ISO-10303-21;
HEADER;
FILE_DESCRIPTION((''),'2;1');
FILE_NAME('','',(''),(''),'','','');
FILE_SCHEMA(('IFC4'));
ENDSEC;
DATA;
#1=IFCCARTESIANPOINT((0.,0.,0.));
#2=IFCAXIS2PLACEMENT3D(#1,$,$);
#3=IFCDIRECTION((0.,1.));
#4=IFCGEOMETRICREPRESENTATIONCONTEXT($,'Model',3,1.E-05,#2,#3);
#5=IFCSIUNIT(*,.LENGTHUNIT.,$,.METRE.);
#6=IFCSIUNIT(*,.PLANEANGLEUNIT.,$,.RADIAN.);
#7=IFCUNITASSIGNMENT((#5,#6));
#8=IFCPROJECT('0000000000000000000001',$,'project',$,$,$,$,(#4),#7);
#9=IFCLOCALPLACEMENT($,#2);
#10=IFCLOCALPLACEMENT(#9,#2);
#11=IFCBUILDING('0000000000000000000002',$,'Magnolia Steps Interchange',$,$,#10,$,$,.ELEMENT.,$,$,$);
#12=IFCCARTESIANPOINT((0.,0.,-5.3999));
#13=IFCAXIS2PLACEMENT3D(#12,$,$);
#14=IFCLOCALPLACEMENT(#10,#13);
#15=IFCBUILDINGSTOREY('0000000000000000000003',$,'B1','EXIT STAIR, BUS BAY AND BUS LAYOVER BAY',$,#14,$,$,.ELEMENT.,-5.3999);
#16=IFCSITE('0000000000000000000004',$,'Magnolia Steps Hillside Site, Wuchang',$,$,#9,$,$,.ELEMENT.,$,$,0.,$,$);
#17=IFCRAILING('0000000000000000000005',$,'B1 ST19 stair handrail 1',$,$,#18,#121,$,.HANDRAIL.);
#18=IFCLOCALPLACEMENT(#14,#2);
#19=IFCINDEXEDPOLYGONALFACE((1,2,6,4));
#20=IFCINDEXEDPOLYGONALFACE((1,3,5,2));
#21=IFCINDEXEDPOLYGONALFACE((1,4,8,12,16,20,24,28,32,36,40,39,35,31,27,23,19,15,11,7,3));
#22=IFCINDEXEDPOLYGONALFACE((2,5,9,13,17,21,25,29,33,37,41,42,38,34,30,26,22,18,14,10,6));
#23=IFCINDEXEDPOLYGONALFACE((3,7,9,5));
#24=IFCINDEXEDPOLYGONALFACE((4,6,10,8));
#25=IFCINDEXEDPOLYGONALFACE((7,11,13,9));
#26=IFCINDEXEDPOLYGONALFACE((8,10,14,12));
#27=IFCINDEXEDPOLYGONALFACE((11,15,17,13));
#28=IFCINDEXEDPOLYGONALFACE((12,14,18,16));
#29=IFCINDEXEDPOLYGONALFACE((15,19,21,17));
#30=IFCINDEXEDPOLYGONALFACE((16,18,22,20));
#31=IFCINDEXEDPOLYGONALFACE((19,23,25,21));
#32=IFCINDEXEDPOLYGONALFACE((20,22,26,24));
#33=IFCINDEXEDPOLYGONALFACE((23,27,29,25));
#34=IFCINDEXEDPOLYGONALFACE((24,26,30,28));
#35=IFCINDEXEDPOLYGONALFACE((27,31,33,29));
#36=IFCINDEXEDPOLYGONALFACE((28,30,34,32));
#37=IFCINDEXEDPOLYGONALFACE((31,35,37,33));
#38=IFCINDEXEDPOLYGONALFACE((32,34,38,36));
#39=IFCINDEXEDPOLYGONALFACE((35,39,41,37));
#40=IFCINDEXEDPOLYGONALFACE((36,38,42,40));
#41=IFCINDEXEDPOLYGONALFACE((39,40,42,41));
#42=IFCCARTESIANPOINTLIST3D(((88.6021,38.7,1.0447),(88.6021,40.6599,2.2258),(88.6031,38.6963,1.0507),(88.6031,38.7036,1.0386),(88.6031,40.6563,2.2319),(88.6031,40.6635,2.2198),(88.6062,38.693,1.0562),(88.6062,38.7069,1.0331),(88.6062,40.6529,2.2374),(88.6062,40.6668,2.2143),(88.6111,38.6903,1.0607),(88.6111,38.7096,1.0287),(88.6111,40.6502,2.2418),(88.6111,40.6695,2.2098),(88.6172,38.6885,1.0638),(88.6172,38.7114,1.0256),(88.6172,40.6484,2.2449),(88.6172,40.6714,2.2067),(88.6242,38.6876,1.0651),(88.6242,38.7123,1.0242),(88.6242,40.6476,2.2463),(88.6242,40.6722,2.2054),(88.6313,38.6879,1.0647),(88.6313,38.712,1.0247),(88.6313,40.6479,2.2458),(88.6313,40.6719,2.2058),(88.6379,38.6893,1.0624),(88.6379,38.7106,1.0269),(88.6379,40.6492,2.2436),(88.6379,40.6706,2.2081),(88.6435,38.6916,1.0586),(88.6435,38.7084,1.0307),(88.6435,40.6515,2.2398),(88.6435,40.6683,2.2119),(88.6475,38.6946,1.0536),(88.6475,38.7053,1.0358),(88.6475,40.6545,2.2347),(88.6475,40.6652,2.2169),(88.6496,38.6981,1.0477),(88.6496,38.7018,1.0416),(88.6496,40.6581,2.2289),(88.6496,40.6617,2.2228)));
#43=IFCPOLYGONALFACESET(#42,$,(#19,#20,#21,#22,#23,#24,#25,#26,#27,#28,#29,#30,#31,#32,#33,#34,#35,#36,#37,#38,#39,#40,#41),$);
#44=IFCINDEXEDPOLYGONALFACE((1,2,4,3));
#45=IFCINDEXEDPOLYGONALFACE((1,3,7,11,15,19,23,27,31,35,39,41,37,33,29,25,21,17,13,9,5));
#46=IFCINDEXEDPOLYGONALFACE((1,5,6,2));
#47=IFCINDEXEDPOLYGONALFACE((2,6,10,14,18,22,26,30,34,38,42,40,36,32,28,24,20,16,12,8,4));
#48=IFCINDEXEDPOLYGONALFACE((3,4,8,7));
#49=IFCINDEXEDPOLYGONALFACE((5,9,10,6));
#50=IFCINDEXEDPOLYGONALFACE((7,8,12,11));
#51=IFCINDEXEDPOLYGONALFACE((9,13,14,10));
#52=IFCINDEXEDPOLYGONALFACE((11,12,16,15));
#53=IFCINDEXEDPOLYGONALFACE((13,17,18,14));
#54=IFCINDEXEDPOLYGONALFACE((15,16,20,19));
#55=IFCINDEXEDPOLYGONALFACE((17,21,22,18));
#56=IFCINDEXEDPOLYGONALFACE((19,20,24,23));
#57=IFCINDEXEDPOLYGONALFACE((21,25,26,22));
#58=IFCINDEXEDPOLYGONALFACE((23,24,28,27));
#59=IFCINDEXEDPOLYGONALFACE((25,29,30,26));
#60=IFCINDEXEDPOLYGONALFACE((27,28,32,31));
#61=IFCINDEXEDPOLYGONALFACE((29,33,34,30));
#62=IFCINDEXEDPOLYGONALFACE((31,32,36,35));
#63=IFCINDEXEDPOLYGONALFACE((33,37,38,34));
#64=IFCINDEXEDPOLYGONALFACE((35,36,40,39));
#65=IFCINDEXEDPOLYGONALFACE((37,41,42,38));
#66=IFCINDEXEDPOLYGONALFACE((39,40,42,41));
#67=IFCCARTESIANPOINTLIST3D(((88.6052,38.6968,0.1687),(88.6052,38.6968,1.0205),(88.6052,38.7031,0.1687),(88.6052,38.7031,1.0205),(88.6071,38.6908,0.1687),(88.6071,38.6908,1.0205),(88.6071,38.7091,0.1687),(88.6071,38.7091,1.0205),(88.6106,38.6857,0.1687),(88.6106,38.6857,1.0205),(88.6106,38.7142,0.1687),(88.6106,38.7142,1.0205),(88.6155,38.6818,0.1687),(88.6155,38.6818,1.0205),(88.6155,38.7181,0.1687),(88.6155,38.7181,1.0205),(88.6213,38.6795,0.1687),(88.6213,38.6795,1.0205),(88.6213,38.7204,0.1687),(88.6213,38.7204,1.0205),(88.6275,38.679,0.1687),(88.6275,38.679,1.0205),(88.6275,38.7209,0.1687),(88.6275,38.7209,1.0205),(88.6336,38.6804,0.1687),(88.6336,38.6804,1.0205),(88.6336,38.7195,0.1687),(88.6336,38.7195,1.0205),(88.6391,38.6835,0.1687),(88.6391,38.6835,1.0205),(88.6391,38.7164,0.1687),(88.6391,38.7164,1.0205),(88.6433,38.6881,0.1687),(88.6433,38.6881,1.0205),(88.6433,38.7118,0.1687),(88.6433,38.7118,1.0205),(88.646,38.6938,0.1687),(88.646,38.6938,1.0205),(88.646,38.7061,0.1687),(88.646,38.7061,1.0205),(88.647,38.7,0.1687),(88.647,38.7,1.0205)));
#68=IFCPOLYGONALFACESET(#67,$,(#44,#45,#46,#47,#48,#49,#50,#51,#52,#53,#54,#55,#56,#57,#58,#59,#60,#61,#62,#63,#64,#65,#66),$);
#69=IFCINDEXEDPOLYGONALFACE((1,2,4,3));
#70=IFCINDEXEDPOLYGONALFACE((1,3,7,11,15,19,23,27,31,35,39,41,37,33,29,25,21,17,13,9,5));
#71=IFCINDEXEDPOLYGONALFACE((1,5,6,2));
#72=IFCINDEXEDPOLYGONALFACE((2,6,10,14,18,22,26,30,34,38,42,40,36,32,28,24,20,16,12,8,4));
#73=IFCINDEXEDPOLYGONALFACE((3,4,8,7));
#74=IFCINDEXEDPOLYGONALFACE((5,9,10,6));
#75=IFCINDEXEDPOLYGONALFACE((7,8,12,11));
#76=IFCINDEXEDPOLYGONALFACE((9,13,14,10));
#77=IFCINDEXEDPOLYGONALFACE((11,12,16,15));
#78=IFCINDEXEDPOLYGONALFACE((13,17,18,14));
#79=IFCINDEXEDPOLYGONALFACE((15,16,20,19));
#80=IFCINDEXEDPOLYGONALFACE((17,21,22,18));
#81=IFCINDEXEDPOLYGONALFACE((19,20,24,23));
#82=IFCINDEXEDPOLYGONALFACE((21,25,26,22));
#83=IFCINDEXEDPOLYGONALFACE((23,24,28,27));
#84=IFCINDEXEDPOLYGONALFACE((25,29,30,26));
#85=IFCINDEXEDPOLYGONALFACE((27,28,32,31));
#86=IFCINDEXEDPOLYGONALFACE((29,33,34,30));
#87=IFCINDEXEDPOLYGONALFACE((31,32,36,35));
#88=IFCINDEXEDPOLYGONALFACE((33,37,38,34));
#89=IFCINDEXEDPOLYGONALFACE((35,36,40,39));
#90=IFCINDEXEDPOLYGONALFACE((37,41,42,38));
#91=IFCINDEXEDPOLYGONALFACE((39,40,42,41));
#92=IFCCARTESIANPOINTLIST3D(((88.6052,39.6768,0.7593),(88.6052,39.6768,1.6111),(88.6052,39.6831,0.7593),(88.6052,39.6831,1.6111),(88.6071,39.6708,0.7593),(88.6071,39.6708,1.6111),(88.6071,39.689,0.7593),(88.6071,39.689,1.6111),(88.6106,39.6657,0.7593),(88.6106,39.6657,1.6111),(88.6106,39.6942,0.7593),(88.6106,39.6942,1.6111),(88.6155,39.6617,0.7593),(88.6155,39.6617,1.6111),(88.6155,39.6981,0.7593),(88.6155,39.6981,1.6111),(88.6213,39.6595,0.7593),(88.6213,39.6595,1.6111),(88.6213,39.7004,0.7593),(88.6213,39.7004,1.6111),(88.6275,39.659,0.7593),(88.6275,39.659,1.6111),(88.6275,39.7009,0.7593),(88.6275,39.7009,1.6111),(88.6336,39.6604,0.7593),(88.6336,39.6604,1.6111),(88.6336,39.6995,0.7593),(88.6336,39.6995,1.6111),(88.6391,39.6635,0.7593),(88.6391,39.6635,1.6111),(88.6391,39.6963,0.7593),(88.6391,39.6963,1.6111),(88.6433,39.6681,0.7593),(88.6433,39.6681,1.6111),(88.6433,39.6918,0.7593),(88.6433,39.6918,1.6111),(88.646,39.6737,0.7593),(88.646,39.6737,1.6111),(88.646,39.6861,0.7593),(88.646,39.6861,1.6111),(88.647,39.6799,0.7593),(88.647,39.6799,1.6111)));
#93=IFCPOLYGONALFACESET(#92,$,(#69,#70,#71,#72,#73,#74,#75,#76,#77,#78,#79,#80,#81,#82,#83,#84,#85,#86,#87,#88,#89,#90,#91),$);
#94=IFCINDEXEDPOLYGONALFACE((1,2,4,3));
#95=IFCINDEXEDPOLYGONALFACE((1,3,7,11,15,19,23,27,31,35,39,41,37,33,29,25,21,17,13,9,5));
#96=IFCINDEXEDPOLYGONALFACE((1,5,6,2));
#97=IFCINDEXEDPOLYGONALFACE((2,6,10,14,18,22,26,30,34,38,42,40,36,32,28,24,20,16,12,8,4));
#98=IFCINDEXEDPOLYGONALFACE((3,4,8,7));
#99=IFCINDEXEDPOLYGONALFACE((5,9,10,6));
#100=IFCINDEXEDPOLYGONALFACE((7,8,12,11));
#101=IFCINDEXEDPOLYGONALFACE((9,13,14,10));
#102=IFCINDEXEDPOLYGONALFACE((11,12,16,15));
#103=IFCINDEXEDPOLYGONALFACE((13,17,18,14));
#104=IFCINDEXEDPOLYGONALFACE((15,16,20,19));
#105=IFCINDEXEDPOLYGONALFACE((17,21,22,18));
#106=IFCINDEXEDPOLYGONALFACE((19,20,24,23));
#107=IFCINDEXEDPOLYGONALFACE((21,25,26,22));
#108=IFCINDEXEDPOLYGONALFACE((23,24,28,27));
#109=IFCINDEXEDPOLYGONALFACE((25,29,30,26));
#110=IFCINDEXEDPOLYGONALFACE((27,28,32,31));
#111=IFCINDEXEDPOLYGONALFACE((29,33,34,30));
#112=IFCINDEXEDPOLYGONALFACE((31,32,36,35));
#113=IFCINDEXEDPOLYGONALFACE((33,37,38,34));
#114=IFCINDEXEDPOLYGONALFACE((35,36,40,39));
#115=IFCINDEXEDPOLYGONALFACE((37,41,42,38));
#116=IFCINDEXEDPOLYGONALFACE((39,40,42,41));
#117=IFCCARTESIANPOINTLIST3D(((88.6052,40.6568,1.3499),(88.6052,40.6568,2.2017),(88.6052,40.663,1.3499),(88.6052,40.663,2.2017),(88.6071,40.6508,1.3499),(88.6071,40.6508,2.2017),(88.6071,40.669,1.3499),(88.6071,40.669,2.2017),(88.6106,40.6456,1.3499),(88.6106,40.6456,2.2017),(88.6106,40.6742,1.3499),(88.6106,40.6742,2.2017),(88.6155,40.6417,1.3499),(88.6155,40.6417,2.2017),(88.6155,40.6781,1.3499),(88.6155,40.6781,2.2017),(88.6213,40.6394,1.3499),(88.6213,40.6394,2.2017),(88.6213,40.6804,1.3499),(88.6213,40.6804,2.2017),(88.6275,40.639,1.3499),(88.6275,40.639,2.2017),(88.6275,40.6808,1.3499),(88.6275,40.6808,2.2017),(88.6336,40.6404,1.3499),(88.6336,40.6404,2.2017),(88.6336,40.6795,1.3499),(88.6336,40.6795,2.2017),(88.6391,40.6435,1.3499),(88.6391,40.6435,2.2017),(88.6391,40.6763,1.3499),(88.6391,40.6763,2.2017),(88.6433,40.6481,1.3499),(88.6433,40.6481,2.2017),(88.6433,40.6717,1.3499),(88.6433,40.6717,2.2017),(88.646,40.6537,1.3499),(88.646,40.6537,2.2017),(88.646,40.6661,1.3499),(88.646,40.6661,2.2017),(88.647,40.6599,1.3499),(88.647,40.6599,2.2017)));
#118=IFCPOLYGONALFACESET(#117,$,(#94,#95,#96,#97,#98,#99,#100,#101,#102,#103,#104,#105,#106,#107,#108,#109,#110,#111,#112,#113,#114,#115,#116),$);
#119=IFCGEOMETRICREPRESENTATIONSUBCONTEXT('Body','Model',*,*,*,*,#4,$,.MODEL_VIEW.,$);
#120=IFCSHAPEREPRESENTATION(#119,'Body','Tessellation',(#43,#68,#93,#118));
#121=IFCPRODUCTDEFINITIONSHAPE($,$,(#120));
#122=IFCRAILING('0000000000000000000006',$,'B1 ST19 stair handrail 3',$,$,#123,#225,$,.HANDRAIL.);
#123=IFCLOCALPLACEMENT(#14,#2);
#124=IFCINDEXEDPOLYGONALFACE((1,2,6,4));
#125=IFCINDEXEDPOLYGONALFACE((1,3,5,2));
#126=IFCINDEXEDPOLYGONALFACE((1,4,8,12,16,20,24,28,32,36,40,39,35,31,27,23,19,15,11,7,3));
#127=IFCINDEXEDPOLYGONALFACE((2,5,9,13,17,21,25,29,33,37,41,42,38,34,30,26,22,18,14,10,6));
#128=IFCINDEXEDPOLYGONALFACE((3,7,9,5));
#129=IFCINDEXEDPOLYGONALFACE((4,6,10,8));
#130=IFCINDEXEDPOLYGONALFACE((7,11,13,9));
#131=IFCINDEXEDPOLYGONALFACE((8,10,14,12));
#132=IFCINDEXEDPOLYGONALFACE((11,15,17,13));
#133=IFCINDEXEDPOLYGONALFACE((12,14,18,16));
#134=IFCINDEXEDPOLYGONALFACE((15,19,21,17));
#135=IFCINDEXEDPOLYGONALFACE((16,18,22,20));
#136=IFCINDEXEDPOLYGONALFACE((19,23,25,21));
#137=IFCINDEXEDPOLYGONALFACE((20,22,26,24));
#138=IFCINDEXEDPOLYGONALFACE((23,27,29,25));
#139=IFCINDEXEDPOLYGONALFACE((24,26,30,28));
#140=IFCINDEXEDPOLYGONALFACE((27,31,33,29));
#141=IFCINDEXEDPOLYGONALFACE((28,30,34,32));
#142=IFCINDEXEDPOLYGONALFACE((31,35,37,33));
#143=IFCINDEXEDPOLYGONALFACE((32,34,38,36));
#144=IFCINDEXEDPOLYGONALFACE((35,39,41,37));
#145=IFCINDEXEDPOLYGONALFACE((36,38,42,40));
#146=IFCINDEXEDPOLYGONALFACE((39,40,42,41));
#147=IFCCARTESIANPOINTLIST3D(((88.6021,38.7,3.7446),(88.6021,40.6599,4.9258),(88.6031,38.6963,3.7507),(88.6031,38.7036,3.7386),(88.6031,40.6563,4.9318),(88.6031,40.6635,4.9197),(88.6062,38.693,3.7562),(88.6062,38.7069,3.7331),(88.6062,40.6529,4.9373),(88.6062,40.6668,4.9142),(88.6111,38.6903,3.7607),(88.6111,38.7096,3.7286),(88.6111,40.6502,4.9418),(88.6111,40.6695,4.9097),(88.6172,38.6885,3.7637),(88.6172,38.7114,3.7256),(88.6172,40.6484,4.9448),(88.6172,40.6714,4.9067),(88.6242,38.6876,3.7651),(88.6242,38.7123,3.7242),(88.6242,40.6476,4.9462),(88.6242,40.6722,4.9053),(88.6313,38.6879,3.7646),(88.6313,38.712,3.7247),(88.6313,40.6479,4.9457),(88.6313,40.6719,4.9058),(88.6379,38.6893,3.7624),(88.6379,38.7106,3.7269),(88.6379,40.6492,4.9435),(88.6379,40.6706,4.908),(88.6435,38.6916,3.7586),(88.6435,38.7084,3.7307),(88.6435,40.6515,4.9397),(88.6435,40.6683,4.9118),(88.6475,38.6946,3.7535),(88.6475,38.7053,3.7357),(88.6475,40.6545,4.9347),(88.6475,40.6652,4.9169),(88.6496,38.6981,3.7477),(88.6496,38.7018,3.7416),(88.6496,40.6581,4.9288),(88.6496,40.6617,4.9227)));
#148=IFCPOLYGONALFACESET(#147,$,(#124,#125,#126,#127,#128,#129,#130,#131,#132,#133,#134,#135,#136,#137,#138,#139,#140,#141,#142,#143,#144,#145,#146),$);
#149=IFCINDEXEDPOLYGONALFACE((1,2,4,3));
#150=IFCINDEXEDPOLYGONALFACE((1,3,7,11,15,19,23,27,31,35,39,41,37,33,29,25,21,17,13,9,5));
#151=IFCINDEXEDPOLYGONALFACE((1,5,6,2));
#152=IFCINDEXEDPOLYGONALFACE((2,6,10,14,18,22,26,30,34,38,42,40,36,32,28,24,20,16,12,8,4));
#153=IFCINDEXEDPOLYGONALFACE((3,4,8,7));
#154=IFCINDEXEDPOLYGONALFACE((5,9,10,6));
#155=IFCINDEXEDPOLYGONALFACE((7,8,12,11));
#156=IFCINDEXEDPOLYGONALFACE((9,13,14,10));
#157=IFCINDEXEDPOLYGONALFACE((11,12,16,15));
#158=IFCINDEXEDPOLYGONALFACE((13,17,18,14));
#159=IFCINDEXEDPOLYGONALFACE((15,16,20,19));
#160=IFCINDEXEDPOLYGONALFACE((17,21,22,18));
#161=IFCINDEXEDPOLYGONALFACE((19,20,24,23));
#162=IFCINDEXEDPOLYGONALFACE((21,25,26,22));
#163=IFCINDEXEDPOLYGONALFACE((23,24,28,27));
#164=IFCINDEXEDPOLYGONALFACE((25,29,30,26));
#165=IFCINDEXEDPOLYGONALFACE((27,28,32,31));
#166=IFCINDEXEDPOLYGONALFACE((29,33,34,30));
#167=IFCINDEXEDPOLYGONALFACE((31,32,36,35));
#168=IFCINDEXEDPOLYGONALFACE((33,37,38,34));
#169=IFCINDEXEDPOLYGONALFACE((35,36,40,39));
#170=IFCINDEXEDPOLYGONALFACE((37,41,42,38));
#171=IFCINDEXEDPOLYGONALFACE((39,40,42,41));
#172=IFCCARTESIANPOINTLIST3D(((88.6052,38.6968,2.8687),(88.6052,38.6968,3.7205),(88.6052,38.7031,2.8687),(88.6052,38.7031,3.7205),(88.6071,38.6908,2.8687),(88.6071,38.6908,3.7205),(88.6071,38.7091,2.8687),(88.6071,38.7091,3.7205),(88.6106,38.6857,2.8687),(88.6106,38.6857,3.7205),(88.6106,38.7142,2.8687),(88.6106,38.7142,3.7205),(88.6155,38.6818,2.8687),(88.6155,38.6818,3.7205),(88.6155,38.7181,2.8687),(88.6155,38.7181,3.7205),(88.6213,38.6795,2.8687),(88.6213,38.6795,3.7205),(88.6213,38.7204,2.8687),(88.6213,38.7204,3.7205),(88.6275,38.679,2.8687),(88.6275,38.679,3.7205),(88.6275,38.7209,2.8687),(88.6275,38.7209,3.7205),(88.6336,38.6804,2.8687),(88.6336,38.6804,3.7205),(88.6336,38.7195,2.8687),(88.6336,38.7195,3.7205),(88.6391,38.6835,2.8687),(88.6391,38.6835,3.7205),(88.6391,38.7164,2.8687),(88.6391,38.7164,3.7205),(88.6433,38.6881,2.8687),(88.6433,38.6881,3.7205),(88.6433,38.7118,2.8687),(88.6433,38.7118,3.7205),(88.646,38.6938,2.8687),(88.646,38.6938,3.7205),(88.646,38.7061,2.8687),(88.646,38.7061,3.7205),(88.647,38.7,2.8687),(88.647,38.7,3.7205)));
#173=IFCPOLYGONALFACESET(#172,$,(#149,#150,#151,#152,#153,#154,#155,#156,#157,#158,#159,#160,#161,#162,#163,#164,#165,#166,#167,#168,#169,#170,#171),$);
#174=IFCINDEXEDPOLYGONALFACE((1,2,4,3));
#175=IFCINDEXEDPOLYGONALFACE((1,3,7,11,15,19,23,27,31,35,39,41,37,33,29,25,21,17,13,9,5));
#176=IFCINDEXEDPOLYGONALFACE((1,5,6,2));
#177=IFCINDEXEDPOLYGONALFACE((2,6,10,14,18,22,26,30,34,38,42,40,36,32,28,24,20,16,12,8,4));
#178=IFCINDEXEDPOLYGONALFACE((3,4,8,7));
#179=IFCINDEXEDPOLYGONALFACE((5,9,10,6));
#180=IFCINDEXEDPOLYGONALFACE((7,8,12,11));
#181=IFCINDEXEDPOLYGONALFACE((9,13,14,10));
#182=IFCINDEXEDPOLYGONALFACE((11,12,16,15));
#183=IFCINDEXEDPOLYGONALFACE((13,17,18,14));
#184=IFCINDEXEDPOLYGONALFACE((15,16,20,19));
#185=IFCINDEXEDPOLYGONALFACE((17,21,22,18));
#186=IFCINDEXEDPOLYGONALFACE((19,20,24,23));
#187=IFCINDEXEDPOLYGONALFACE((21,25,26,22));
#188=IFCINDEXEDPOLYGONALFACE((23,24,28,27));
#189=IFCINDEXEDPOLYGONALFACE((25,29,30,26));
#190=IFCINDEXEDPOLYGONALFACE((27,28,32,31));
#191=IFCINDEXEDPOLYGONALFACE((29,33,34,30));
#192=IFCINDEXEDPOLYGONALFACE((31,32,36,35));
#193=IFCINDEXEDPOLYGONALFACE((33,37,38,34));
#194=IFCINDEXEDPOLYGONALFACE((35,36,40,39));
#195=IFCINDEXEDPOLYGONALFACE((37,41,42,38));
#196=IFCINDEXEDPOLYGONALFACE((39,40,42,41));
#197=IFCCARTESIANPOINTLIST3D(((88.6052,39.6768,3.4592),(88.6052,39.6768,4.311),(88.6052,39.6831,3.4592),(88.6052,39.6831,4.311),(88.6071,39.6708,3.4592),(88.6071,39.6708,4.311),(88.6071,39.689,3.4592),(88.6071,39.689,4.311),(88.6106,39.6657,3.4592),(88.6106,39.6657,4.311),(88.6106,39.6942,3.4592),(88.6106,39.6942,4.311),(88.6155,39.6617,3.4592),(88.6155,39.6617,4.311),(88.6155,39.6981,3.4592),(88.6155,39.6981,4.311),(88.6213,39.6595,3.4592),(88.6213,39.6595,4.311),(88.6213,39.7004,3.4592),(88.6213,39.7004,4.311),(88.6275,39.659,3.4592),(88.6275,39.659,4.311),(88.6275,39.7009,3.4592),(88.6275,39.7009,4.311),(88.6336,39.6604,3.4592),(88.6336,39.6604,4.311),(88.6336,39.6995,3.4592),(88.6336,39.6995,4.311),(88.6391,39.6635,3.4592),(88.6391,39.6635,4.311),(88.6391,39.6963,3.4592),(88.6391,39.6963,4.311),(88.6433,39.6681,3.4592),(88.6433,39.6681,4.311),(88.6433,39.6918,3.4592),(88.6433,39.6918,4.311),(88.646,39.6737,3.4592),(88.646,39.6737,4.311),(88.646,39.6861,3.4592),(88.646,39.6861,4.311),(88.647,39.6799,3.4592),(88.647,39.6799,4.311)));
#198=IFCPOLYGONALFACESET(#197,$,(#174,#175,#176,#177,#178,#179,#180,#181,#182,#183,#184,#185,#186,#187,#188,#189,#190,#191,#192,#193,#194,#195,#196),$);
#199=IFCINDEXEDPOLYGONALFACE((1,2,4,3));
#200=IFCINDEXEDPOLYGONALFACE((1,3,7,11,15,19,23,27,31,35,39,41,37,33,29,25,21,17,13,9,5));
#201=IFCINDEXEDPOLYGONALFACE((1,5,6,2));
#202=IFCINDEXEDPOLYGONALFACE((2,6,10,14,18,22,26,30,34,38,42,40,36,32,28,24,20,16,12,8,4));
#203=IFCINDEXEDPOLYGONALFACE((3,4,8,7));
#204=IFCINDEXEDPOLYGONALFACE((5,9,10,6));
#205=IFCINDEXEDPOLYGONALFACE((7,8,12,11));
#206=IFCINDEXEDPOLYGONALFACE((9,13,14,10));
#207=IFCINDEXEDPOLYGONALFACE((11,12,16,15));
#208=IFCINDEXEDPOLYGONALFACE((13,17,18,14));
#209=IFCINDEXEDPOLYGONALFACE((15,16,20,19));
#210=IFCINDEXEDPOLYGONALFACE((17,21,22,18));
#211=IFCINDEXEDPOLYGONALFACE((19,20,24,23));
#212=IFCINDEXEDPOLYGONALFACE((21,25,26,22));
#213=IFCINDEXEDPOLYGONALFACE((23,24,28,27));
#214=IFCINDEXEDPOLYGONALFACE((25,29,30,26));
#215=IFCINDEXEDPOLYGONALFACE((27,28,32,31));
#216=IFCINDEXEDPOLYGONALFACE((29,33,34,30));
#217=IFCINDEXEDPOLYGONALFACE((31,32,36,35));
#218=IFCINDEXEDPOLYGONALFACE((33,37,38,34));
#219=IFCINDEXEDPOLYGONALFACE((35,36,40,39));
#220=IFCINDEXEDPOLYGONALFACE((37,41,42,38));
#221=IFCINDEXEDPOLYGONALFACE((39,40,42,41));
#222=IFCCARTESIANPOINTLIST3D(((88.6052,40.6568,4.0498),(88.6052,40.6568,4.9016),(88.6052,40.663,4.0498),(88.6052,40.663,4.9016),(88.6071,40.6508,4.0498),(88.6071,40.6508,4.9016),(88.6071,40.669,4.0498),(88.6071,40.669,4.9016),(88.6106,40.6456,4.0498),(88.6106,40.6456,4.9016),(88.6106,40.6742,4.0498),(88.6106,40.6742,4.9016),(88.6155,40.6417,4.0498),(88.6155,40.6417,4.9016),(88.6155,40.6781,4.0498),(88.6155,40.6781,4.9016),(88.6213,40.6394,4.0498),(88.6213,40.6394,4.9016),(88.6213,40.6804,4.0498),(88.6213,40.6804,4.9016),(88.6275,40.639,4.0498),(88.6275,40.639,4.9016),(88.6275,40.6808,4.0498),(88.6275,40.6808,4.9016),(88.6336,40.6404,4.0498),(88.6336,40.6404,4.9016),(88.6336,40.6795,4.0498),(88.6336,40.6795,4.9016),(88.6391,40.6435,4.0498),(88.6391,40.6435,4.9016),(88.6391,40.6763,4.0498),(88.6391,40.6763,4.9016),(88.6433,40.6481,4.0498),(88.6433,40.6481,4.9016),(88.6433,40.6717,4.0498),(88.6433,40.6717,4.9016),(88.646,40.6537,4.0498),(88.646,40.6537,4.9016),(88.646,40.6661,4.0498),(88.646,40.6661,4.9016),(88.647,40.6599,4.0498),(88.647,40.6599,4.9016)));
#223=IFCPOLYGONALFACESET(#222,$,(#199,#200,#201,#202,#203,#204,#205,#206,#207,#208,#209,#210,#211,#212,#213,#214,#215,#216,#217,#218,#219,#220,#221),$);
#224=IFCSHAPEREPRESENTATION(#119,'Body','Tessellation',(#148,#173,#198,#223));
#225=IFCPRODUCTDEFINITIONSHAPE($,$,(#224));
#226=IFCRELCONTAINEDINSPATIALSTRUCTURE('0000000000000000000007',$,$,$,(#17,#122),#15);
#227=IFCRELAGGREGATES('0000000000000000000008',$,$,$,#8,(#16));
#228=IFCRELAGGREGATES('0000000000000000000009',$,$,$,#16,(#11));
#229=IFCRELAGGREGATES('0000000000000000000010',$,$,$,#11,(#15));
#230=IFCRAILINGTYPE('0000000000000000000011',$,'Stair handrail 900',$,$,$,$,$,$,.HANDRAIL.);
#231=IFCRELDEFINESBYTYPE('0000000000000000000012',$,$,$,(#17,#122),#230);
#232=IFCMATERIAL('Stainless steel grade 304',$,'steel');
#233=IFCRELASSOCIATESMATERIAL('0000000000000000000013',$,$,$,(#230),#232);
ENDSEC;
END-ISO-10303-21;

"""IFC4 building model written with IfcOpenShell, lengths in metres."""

from ifc_helpers import new_model, si_unit, direction, frame, origin, origin_2d, place, context, subcontext, project, spatial, circle, extrude, material, type_object, element, save


model = new_model("IFC4")

# Units and contexts
model_context = context("Model", 3, precision=1e-05, world=origin(), true_north=direction((0.0, 1.0)))
body_context = subcontext(model_context, "Body", "Model", "MODEL_VIEW")
ifc_project = project(units=[si_unit("LENGTHUNIT", "METRE"), si_unit("PLANEANGLEUNIT", "RADIAN")], contexts=[model_context])

# Site, building, storey
site_placement = place(None, origin())
site = spatial("IfcSite", under=ifc_project, at=site_placement, Name="Magnolia Steps Hillside Site, Wuchang", CompositionType="ELEMENT", RefElevation=0.0)
building_placement = place(site_placement, origin())
building = spatial("IfcBuilding", under=site, at=building_placement, Name="Magnolia Steps Interchange", CompositionType="ELEMENT")
storey_placement = place(building_placement, frame((0.0, 0.0, -5.3999)))
storey = spatial("IfcBuildingStorey", under=building, at=storey_placement, Name="B1", Description="EXIT STAIR, BUS BAY AND BUS LAYOVER BAY", CompositionType="ELEMENT", Elevation=-5.3999)

# Railings
ifc_material_1 = material(Name="Stainless steel grade 304", Category="steel")
railing_type_1 = type_object("IfcRailingType", Name="Stair handrail 900", PredefinedType="HANDRAIL", material=ifc_material_1)
for number, where, name in (
    (1, (88.626, 38.7, 0.1687), "B1 ST19 stair handrail 1"),
    (2, (88.626, 38.7, 2.8687), "B1 ST19 stair handrail 3"),
):
    element("IfcRailing", number, at=place(storey_placement, frame(where)), inside=storey, type_object=railing_type_1, Name=name, PredefinedType="HANDRAIL", context=body_context, shape_type="SweptSolid", body=[
        extrude(circle(Radius=0.0239, at=origin_2d()), frame((0.0, 0.0, 0.876), z_axis=(0.0, 0.856493, 0.516158), x_axis=(-1.0, 0.0, 0.0)), (0.0, 0.0, 1.0), 2.2883),
        extrude(circle(Radius=0.021, at=origin_2d()), origin(), (0.0, 0.0, 1.0), 0.8518),
        extrude(circle(Radius=0.021, at=origin_2d()), frame((0.0, 0.98, 0.5906)), (0.0, 0.0, 1.0), 0.8518),
        extrude(circle(Radius=0.021, at=origin_2d()), frame((0.0, 1.96, 1.1812)), (0.0, 0.0, 1.0), 0.8518),
    ])

save(model, "model.ifc")
